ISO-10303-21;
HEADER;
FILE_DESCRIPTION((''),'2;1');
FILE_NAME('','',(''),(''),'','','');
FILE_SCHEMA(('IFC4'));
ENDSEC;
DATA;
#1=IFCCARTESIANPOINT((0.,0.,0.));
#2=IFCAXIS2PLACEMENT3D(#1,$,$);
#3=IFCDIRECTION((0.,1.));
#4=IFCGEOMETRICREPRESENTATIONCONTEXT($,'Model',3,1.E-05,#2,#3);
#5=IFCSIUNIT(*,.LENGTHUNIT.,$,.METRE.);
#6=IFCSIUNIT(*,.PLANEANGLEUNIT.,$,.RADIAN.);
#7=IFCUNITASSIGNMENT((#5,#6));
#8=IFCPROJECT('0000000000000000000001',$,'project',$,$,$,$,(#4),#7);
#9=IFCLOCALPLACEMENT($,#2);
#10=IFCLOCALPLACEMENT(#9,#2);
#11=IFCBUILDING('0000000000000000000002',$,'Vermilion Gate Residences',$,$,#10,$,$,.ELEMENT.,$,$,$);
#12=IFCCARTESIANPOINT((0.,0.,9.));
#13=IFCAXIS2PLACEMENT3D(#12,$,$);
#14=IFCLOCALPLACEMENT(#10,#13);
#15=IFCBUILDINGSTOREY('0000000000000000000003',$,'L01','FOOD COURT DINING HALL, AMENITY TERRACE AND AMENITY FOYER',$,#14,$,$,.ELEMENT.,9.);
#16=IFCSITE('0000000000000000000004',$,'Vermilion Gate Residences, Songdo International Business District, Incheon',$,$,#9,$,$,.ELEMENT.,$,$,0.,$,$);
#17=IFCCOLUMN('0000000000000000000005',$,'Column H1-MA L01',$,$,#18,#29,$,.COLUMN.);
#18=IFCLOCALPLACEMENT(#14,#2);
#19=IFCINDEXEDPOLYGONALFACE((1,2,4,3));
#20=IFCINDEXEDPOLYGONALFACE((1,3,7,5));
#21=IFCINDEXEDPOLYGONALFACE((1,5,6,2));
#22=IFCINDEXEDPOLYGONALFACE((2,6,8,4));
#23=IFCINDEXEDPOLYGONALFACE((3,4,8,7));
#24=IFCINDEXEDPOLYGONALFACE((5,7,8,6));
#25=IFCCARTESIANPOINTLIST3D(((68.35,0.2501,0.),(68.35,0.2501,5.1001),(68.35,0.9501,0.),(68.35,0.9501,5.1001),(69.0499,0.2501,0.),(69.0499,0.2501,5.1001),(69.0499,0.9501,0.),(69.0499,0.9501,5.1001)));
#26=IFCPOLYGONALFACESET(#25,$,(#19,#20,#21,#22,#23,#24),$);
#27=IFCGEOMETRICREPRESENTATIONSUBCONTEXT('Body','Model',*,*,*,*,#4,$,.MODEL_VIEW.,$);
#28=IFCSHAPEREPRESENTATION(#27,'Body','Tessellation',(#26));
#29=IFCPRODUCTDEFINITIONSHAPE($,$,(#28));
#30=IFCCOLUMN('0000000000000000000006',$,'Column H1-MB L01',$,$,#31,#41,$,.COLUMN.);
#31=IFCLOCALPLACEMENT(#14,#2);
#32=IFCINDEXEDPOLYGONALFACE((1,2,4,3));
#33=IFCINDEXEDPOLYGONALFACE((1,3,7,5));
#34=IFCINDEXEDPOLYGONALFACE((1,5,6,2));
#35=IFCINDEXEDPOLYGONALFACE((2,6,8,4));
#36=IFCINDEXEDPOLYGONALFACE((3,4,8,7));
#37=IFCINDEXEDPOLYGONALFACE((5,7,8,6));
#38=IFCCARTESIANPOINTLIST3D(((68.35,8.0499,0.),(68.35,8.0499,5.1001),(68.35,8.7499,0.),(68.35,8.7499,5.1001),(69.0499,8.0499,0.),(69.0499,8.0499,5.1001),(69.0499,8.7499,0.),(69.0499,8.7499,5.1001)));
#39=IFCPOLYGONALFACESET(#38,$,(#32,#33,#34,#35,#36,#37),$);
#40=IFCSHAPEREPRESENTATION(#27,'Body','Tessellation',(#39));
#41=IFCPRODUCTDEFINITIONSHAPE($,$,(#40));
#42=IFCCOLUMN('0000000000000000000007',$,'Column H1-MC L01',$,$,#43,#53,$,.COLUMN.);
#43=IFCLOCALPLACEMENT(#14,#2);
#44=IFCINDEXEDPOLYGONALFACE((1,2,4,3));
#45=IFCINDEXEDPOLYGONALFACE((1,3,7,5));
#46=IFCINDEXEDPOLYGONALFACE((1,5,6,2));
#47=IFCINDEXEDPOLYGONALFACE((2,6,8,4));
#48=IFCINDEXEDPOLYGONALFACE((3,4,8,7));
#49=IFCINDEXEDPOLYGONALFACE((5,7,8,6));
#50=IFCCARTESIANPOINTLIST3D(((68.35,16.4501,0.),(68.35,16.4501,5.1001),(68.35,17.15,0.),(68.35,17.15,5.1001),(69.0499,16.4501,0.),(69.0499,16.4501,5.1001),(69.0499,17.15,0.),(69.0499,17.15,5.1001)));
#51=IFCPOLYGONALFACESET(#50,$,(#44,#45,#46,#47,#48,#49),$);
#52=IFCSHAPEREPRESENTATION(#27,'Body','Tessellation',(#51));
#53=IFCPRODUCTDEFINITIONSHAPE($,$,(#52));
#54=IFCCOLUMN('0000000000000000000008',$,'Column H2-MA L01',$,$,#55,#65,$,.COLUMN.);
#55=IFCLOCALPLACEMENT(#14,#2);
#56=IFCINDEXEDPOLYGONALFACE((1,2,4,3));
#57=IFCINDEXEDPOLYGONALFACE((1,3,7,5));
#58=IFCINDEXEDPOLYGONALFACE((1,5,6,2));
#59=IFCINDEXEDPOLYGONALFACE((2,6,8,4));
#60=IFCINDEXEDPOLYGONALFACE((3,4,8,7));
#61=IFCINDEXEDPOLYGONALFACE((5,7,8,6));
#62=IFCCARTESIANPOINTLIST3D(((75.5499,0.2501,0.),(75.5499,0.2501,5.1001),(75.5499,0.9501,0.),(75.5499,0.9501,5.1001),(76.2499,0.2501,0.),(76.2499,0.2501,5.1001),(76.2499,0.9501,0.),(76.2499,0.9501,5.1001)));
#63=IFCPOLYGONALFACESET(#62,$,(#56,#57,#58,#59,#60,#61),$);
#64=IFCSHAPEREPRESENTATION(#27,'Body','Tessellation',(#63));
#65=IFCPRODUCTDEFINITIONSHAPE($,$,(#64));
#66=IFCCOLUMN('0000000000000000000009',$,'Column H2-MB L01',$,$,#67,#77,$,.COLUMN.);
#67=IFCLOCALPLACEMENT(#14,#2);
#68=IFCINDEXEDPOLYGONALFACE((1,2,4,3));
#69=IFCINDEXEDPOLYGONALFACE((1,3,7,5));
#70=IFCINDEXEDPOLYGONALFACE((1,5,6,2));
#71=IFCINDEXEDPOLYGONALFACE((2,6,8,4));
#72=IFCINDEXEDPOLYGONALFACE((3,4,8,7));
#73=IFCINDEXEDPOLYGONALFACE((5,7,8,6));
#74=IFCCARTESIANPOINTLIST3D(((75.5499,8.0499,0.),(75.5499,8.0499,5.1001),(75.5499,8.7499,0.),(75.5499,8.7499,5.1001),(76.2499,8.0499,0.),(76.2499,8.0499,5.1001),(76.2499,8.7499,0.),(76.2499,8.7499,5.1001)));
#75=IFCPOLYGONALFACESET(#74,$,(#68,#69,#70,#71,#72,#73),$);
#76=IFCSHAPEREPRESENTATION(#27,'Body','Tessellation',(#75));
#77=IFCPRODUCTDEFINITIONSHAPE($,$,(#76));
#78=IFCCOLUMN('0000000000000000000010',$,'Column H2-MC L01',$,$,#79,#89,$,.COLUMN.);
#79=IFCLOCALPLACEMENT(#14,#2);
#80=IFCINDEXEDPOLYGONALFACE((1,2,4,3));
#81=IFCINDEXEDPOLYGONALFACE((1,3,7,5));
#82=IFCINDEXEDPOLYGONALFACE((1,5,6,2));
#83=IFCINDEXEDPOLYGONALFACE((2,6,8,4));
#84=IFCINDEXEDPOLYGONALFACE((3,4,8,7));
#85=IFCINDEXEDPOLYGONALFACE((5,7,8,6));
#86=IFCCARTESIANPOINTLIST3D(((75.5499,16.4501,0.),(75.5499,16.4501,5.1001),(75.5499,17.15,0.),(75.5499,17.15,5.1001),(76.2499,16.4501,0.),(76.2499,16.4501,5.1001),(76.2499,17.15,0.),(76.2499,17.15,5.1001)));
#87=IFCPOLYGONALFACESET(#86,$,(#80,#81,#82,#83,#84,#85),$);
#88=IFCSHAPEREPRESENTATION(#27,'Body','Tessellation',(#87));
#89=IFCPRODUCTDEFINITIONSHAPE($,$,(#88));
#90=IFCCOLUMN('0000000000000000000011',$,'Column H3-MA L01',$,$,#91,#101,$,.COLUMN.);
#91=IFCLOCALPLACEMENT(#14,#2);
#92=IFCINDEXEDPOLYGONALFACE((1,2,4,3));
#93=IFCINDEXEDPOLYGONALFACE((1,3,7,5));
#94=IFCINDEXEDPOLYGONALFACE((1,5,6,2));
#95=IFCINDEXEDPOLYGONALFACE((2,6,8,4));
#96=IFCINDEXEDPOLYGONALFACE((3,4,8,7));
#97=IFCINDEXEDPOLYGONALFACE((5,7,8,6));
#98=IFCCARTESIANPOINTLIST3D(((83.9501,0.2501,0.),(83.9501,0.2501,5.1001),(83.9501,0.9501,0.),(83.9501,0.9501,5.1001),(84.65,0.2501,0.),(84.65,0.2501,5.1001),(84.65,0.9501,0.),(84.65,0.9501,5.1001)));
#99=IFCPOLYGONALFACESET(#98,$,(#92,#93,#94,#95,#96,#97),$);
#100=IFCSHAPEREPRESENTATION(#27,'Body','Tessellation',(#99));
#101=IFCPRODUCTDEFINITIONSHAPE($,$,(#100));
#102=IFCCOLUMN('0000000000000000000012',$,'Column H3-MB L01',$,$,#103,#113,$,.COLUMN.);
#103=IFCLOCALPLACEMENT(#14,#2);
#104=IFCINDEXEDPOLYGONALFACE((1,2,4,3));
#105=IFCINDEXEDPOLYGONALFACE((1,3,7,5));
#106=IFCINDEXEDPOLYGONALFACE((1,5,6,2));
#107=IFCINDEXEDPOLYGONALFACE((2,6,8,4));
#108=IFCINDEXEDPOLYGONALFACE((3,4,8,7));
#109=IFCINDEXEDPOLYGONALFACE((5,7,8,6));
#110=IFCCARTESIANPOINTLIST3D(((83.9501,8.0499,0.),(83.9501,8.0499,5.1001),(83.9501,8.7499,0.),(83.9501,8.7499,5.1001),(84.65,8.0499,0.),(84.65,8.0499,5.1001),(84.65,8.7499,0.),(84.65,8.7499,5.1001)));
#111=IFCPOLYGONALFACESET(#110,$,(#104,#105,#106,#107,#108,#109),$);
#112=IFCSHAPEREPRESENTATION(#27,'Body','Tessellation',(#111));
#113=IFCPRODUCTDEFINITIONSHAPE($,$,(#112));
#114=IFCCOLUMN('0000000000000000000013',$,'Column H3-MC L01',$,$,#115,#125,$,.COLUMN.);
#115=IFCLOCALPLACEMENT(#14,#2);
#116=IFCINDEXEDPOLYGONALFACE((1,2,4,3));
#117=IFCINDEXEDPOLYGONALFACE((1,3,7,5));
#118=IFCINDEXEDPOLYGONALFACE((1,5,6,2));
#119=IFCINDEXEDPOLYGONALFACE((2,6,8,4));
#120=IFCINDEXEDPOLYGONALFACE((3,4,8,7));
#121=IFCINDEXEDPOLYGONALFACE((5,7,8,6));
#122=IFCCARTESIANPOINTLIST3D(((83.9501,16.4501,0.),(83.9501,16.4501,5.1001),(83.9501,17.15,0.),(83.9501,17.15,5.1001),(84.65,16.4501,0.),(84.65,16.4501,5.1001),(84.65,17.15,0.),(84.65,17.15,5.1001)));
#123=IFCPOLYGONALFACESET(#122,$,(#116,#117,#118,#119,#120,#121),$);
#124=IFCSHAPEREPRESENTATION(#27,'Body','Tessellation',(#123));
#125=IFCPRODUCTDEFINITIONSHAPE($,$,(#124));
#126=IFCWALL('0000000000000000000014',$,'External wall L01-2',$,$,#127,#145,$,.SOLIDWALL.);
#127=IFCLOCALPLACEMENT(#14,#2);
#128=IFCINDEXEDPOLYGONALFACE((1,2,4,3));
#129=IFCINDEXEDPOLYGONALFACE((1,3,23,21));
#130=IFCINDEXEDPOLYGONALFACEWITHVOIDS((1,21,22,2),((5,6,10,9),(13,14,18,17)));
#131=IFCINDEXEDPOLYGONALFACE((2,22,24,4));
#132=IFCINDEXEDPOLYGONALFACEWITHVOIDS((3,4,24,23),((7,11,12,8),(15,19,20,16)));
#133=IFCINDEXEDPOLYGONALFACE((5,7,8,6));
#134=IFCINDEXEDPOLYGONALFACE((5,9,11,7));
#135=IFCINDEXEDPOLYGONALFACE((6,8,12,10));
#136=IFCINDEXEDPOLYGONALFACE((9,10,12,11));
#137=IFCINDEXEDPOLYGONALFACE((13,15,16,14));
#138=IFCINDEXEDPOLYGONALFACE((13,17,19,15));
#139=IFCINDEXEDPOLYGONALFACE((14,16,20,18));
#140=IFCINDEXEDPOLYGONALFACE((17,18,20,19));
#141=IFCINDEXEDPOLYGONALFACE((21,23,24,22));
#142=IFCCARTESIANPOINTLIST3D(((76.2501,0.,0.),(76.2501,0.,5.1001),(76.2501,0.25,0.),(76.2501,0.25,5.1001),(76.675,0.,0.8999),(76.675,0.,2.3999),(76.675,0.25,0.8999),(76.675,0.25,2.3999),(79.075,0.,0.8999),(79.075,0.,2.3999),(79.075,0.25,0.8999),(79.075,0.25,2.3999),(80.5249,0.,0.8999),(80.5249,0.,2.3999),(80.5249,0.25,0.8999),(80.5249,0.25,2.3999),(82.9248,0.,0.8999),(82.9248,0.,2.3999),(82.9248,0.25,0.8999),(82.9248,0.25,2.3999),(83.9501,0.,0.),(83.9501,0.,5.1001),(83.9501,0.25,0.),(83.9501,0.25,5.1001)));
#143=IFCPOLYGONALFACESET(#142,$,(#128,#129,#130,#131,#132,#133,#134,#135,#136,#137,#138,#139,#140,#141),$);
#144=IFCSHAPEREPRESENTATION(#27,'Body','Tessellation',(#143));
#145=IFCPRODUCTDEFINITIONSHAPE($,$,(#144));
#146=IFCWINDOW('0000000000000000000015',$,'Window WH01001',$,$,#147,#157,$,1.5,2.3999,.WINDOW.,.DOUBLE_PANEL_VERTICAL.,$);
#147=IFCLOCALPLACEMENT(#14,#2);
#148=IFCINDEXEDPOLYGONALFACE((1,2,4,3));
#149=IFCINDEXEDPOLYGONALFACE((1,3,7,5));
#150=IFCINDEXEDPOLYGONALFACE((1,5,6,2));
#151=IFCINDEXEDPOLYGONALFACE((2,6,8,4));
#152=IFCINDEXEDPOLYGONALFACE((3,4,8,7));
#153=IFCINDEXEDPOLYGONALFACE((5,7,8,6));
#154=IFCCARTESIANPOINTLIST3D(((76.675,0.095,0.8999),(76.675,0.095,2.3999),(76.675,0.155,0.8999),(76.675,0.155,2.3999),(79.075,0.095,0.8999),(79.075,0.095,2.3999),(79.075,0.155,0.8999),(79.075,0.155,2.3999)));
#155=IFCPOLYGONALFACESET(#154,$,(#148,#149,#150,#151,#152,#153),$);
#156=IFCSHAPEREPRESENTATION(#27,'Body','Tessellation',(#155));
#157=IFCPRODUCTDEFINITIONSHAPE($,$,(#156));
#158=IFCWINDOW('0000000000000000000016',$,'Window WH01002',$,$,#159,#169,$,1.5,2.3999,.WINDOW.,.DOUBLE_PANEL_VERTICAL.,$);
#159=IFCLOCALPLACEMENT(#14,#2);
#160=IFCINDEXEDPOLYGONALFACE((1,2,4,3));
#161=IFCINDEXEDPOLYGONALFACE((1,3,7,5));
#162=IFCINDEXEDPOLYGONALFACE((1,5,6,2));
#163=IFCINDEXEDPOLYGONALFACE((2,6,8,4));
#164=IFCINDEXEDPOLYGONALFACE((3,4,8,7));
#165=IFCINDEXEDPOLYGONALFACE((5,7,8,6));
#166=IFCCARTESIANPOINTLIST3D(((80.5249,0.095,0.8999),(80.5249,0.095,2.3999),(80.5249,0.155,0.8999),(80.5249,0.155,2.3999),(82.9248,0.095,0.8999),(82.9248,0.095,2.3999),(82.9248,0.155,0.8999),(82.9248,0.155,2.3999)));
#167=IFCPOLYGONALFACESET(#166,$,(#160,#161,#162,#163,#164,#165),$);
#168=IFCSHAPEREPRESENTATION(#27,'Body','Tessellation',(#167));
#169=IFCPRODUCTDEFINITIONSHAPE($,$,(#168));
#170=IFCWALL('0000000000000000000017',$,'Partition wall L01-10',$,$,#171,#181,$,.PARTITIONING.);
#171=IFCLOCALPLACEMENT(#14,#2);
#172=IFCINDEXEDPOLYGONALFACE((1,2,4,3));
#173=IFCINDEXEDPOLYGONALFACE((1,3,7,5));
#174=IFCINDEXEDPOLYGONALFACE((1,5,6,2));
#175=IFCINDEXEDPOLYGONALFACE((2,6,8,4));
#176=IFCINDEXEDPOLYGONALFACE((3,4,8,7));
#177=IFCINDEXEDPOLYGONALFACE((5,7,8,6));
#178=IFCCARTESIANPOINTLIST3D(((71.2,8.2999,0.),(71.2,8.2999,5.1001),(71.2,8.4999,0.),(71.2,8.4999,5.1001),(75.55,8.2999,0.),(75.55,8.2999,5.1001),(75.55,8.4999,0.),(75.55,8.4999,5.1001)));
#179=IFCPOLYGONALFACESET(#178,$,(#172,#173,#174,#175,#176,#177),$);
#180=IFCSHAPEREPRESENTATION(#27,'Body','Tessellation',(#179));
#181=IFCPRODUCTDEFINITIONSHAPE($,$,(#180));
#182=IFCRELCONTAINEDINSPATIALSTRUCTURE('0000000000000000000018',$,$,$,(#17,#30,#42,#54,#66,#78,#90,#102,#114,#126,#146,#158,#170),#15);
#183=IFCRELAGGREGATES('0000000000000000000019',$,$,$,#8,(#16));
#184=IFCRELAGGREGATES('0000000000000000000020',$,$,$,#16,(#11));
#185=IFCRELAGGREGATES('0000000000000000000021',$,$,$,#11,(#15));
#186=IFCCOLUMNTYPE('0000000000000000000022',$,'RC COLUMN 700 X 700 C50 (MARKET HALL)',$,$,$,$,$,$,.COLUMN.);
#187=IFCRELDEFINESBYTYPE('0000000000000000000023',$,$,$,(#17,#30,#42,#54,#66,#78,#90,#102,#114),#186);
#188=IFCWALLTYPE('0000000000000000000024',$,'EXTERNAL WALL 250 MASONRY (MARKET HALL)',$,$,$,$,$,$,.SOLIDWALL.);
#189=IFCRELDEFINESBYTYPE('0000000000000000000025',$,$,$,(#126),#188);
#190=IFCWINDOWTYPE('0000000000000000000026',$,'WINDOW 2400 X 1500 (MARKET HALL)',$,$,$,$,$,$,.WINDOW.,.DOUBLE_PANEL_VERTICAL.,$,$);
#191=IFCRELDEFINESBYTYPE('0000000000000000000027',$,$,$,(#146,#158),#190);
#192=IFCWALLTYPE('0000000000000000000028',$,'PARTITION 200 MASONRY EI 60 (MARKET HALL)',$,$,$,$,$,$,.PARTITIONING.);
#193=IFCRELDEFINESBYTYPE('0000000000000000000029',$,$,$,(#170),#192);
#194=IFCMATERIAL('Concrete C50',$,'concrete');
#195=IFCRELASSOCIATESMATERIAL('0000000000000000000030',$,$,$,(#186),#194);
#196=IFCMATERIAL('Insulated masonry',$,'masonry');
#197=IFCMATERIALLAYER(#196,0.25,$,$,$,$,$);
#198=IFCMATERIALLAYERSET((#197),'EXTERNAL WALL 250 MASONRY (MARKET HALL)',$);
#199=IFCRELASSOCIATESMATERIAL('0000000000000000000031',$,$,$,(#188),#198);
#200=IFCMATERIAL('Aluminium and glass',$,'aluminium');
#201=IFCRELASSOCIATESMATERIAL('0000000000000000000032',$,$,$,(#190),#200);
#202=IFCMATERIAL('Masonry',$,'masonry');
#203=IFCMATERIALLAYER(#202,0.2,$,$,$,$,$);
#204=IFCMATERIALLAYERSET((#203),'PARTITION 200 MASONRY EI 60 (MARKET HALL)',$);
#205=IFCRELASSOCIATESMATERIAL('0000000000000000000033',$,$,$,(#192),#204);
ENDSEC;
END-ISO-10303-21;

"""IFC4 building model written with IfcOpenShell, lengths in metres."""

from ifc_helpers import new_model, si_unit, direction, frame, frame_2d, origin, origin_2d, place, context, subcontext, project, spatial, rectangle, extrude, material, layer, layer_set, material_profile, profile_set, type_object, element, fill, save


model = new_model("IFC4")

# Units and contexts
model_context = context("Model", 3, precision=1e-05, world=origin(), true_north=direction((0.0, 1.0)))
body_context = subcontext(model_context, "Body", "Model", "MODEL_VIEW")
ifc_project = project(units=[si_unit("LENGTHUNIT", "METRE"), si_unit("PLANEANGLEUNIT", "RADIAN")], contexts=[model_context])

# Site, building, storey
site_placement = place(None, origin())
site = spatial("IfcSite", under=ifc_project, at=site_placement, Name="Vermilion Gate Residences, Songdo International Business District, Incheon", CompositionType="ELEMENT", RefElevation=0.0)
building_placement = place(site_placement, origin())
building = spatial("IfcBuilding", under=site, at=building_placement, Name="Vermilion Gate Residences", CompositionType="ELEMENT")
storey_placement = place(building_placement, frame((0.0, 0.0, 9.0)))
storey = spatial("IfcBuildingStorey", under=building, at=storey_placement, Name="L01", Description="FOOD COURT DINING HALL, AMENITY TERRACE AND AMENITY FOYER", CompositionType="ELEMENT", Elevation=9.0)

# Columns
ifc_material_1 = material(Name="Concrete C50", Category="concrete")
ifc_material_profile = material_profile(ifc_material_1, rectangle(XDim=0.7, YDim=0.7, at=origin_2d()), Name="RC COLUMN 700 X 700 C50 (MARKET HALL)")
ifc_profile_set = profile_set([ifc_material_profile], Name="Concrete C50")
column_type = type_object("IfcColumnType", Name="RC COLUMN 700 X 700 C50 (MARKET HALL)", PredefinedType="COLUMN", material=ifc_profile_set)
for number, where, z_axis, x_axis, name in (
    (1, (68.7, 0.6001, 0.0), (0.0, 0.0, 1.0), (1.0, 0.0, 0.0), "Column H1-MA L01"),
    (2, (68.7, 8.3999, 0.0), (0.0, 0.0, 1.0), (1.0, 0.0, 0.0), "Column H1-MB L01"),
    (3, (68.7, 16.8, 0.0), (0.0, 0.0, 1.0), (1.0, 0.0, 0.0), "Column H1-MC L01"),
    (4, (75.8999, 0.6001, 0.0), (0.0, 0.0, 1.0), (1.0, 0.0, 0.0), "Column H2-MA L01"),
    (5, (75.8999, 8.3999, 0.0), (0.0, 0.0, 1.0), (1.0, 0.0, 0.0), "Column H2-MB L01"),
    (6, (75.8999, 16.8, 0.0), (0.0, 0.0, 1.0), (1.0, 0.0, 0.0), "Column H2-MC L01"),
    (7, (84.3, 0.6001, 0.0), (0.0, 0.0, 1.0), (1.0, 0.0, 0.0), "Column H3-MA L01"),
    (8, (84.3, 8.3999, 0.0), (0.0, 0.0, 1.0), (1.0, 0.0, 0.0), "Column H3-MB L01"),
    (9, (84.3, 16.8, 0.0), (0.0, 0.0, 1.0), (1.0, 0.0, 0.0), "Column H3-MC L01"),
):
    element("IfcColumn", number, at=place(storey_placement, frame(where, z_axis=z_axis, x_axis=x_axis)), inside=storey, type_object=column_type, Name=name, PredefinedType="COLUMN", context=body_context, shape_type="SweptSolid", body=[
        extrude(rectangle(XDim=0.7, YDim=0.7, at=origin_2d()), origin(), (0.0, 0.0, 1.0), 5.1001),
    ])

# Wall, openings, windows
ifc_material_2 = material(Name="Insulated masonry", Category="masonry")
ifc_layer_1 = layer(ifc_material_2, 0.25)
ifc_layer_set_1 = layer_set([ifc_layer_1], Name="EXTERNAL WALL 250 MASONRY (MARKET HALL)")
wall_type_1 = type_object("IfcWallType", Name="EXTERNAL WALL 250 MASONRY (MARKET HALL)", PredefinedType="SOLIDWALL", material=ifc_layer_set_1)
wall_1_placement = place(storey_placement, frame((76.25, 0.125, 0.0), z_axis=(0.0, 0.0, 1.0), x_axis=(1.0, 0.0, 0.0)))
wall_1 = element("IfcWall", 10, at=wall_1_placement, inside=storey, type_object=wall_type_1, Name="External wall L01-2", PredefinedType="SOLIDWALL", context=body_context, shape_type="SweptSolid", body=[
    extrude(rectangle(XDim=7.7, YDim=0.25, at=frame_2d((3.8501, 0.0))), origin(), (0.0, 0.0, 1.0), 5.1001),
])
opening_1_placement = place(wall_1_placement, frame((0.425, 0.0, 0.8999)))
opening_1 = element("IfcOpeningElement", 11, at=opening_1_placement, cuts=wall_1, PredefinedType="OPENING", context=body_context, shape_type="SweptSolid", body=[
    extrude(rectangle(XDim=2.3999, YDim=1.5, at=frame_2d((1.2, 0.75))), frame((0.0, 0.135, 0.0), z_axis=(0.0, -1.0, 0.0), x_axis=(1.0, 0.0, 0.0)), (0.0, 0.0, 1.0), 0.27),
])
opening_2_placement = place(wall_1_placement, frame((4.2749, 0.0, 0.8999)))
opening_2 = element("IfcOpeningElement", 12, at=opening_2_placement, cuts=wall_1, PredefinedType="OPENING", context=body_context, shape_type="SweptSolid", body=[
    extrude(rectangle(XDim=2.3999, YDim=1.5, at=frame_2d((1.2, 0.75))), frame((0.0, 0.135, 0.0), z_axis=(0.0, -1.0, 0.0), x_axis=(1.0, 0.0, 0.0)), (0.0, 0.0, 1.0), 0.27),
])
ifc_material_3 = material(Name="Aluminium and glass", Category="aluminium")
window_type = type_object("IfcWindowType", Name="WINDOW 2400 X 1500 (MARKET HALL)", PartitioningType="DOUBLE_PANEL_VERTICAL", PredefinedType="WINDOW", material=ifc_material_3)
window_1_placement = place(opening_1_placement, origin())
window_1 = element("IfcWindow", 13, at=window_1_placement, inside=storey, type_object=window_type, Name="Window WH01001", OverallHeight=1.5, OverallWidth=2.3999, PartitioningType="DOUBLE_PANEL_VERTICAL", PredefinedType="WINDOW", context=body_context, shape_type="SweptSolid", body=[
    extrude(rectangle(XDim=2.3999, YDim=1.5, at=frame_2d((1.2, 0.75))), frame((0.0, 0.03, 0.0), z_axis=(0.0, -1.0, 0.0), x_axis=(1.0, 0.0, 0.0)), (0.0, 0.0, 1.0), 0.0601),
])
fill(opening_1, window_1)
window_2_placement = place(opening_2_placement, origin())
window_2 = element("IfcWindow", 14, at=window_2_placement, inside=storey, type_object=window_type, Name="Window WH01002", OverallHeight=1.5, OverallWidth=2.3999, PartitioningType="DOUBLE_PANEL_VERTICAL", PredefinedType="WINDOW", context=body_context, shape_type="SweptSolid", body=[
    extrude(rectangle(XDim=2.3999, YDim=1.5, at=frame_2d((1.2, 0.75))), frame((0.0, 0.03, 0.0), z_axis=(0.0, -1.0, 0.0), x_axis=(1.0, 0.0, 0.0)), (0.0, 0.0, 1.0), 0.0601),
])
fill(opening_2, window_2)

# Wall
ifc_material_4 = material(Name="Masonry", Category="masonry")
ifc_layer_2 = layer(ifc_material_4, 0.2)
ifc_layer_set_2 = layer_set([ifc_layer_2], Name="PARTITION 200 MASONRY EI 60 (MARKET HALL)")
wall_type_2 = type_object("IfcWallType", Name="PARTITION 200 MASONRY EI 60 (MARKET HALL)", PredefinedType="PARTITIONING", material=ifc_layer_set_2)
wall_2_placement = place(storey_placement, frame((71.2, 8.3999, 0.0), z_axis=(0.0, 0.0, 1.0), x_axis=(1.0, 0.0, 0.0)))
element("IfcWall", 15, at=wall_2_placement, inside=storey, type_object=wall_type_2, Name="Partition wall L01-10", PredefinedType="PARTITIONING", context=body_context, shape_type="SweptSolid", body=[
    extrude(rectangle(XDim=4.3501, YDim=0.2, at=frame_2d((2.175, 0.0))), origin(), (0.0, 0.0, 1.0), 5.1001),
])

save(model, "model.ifc")
